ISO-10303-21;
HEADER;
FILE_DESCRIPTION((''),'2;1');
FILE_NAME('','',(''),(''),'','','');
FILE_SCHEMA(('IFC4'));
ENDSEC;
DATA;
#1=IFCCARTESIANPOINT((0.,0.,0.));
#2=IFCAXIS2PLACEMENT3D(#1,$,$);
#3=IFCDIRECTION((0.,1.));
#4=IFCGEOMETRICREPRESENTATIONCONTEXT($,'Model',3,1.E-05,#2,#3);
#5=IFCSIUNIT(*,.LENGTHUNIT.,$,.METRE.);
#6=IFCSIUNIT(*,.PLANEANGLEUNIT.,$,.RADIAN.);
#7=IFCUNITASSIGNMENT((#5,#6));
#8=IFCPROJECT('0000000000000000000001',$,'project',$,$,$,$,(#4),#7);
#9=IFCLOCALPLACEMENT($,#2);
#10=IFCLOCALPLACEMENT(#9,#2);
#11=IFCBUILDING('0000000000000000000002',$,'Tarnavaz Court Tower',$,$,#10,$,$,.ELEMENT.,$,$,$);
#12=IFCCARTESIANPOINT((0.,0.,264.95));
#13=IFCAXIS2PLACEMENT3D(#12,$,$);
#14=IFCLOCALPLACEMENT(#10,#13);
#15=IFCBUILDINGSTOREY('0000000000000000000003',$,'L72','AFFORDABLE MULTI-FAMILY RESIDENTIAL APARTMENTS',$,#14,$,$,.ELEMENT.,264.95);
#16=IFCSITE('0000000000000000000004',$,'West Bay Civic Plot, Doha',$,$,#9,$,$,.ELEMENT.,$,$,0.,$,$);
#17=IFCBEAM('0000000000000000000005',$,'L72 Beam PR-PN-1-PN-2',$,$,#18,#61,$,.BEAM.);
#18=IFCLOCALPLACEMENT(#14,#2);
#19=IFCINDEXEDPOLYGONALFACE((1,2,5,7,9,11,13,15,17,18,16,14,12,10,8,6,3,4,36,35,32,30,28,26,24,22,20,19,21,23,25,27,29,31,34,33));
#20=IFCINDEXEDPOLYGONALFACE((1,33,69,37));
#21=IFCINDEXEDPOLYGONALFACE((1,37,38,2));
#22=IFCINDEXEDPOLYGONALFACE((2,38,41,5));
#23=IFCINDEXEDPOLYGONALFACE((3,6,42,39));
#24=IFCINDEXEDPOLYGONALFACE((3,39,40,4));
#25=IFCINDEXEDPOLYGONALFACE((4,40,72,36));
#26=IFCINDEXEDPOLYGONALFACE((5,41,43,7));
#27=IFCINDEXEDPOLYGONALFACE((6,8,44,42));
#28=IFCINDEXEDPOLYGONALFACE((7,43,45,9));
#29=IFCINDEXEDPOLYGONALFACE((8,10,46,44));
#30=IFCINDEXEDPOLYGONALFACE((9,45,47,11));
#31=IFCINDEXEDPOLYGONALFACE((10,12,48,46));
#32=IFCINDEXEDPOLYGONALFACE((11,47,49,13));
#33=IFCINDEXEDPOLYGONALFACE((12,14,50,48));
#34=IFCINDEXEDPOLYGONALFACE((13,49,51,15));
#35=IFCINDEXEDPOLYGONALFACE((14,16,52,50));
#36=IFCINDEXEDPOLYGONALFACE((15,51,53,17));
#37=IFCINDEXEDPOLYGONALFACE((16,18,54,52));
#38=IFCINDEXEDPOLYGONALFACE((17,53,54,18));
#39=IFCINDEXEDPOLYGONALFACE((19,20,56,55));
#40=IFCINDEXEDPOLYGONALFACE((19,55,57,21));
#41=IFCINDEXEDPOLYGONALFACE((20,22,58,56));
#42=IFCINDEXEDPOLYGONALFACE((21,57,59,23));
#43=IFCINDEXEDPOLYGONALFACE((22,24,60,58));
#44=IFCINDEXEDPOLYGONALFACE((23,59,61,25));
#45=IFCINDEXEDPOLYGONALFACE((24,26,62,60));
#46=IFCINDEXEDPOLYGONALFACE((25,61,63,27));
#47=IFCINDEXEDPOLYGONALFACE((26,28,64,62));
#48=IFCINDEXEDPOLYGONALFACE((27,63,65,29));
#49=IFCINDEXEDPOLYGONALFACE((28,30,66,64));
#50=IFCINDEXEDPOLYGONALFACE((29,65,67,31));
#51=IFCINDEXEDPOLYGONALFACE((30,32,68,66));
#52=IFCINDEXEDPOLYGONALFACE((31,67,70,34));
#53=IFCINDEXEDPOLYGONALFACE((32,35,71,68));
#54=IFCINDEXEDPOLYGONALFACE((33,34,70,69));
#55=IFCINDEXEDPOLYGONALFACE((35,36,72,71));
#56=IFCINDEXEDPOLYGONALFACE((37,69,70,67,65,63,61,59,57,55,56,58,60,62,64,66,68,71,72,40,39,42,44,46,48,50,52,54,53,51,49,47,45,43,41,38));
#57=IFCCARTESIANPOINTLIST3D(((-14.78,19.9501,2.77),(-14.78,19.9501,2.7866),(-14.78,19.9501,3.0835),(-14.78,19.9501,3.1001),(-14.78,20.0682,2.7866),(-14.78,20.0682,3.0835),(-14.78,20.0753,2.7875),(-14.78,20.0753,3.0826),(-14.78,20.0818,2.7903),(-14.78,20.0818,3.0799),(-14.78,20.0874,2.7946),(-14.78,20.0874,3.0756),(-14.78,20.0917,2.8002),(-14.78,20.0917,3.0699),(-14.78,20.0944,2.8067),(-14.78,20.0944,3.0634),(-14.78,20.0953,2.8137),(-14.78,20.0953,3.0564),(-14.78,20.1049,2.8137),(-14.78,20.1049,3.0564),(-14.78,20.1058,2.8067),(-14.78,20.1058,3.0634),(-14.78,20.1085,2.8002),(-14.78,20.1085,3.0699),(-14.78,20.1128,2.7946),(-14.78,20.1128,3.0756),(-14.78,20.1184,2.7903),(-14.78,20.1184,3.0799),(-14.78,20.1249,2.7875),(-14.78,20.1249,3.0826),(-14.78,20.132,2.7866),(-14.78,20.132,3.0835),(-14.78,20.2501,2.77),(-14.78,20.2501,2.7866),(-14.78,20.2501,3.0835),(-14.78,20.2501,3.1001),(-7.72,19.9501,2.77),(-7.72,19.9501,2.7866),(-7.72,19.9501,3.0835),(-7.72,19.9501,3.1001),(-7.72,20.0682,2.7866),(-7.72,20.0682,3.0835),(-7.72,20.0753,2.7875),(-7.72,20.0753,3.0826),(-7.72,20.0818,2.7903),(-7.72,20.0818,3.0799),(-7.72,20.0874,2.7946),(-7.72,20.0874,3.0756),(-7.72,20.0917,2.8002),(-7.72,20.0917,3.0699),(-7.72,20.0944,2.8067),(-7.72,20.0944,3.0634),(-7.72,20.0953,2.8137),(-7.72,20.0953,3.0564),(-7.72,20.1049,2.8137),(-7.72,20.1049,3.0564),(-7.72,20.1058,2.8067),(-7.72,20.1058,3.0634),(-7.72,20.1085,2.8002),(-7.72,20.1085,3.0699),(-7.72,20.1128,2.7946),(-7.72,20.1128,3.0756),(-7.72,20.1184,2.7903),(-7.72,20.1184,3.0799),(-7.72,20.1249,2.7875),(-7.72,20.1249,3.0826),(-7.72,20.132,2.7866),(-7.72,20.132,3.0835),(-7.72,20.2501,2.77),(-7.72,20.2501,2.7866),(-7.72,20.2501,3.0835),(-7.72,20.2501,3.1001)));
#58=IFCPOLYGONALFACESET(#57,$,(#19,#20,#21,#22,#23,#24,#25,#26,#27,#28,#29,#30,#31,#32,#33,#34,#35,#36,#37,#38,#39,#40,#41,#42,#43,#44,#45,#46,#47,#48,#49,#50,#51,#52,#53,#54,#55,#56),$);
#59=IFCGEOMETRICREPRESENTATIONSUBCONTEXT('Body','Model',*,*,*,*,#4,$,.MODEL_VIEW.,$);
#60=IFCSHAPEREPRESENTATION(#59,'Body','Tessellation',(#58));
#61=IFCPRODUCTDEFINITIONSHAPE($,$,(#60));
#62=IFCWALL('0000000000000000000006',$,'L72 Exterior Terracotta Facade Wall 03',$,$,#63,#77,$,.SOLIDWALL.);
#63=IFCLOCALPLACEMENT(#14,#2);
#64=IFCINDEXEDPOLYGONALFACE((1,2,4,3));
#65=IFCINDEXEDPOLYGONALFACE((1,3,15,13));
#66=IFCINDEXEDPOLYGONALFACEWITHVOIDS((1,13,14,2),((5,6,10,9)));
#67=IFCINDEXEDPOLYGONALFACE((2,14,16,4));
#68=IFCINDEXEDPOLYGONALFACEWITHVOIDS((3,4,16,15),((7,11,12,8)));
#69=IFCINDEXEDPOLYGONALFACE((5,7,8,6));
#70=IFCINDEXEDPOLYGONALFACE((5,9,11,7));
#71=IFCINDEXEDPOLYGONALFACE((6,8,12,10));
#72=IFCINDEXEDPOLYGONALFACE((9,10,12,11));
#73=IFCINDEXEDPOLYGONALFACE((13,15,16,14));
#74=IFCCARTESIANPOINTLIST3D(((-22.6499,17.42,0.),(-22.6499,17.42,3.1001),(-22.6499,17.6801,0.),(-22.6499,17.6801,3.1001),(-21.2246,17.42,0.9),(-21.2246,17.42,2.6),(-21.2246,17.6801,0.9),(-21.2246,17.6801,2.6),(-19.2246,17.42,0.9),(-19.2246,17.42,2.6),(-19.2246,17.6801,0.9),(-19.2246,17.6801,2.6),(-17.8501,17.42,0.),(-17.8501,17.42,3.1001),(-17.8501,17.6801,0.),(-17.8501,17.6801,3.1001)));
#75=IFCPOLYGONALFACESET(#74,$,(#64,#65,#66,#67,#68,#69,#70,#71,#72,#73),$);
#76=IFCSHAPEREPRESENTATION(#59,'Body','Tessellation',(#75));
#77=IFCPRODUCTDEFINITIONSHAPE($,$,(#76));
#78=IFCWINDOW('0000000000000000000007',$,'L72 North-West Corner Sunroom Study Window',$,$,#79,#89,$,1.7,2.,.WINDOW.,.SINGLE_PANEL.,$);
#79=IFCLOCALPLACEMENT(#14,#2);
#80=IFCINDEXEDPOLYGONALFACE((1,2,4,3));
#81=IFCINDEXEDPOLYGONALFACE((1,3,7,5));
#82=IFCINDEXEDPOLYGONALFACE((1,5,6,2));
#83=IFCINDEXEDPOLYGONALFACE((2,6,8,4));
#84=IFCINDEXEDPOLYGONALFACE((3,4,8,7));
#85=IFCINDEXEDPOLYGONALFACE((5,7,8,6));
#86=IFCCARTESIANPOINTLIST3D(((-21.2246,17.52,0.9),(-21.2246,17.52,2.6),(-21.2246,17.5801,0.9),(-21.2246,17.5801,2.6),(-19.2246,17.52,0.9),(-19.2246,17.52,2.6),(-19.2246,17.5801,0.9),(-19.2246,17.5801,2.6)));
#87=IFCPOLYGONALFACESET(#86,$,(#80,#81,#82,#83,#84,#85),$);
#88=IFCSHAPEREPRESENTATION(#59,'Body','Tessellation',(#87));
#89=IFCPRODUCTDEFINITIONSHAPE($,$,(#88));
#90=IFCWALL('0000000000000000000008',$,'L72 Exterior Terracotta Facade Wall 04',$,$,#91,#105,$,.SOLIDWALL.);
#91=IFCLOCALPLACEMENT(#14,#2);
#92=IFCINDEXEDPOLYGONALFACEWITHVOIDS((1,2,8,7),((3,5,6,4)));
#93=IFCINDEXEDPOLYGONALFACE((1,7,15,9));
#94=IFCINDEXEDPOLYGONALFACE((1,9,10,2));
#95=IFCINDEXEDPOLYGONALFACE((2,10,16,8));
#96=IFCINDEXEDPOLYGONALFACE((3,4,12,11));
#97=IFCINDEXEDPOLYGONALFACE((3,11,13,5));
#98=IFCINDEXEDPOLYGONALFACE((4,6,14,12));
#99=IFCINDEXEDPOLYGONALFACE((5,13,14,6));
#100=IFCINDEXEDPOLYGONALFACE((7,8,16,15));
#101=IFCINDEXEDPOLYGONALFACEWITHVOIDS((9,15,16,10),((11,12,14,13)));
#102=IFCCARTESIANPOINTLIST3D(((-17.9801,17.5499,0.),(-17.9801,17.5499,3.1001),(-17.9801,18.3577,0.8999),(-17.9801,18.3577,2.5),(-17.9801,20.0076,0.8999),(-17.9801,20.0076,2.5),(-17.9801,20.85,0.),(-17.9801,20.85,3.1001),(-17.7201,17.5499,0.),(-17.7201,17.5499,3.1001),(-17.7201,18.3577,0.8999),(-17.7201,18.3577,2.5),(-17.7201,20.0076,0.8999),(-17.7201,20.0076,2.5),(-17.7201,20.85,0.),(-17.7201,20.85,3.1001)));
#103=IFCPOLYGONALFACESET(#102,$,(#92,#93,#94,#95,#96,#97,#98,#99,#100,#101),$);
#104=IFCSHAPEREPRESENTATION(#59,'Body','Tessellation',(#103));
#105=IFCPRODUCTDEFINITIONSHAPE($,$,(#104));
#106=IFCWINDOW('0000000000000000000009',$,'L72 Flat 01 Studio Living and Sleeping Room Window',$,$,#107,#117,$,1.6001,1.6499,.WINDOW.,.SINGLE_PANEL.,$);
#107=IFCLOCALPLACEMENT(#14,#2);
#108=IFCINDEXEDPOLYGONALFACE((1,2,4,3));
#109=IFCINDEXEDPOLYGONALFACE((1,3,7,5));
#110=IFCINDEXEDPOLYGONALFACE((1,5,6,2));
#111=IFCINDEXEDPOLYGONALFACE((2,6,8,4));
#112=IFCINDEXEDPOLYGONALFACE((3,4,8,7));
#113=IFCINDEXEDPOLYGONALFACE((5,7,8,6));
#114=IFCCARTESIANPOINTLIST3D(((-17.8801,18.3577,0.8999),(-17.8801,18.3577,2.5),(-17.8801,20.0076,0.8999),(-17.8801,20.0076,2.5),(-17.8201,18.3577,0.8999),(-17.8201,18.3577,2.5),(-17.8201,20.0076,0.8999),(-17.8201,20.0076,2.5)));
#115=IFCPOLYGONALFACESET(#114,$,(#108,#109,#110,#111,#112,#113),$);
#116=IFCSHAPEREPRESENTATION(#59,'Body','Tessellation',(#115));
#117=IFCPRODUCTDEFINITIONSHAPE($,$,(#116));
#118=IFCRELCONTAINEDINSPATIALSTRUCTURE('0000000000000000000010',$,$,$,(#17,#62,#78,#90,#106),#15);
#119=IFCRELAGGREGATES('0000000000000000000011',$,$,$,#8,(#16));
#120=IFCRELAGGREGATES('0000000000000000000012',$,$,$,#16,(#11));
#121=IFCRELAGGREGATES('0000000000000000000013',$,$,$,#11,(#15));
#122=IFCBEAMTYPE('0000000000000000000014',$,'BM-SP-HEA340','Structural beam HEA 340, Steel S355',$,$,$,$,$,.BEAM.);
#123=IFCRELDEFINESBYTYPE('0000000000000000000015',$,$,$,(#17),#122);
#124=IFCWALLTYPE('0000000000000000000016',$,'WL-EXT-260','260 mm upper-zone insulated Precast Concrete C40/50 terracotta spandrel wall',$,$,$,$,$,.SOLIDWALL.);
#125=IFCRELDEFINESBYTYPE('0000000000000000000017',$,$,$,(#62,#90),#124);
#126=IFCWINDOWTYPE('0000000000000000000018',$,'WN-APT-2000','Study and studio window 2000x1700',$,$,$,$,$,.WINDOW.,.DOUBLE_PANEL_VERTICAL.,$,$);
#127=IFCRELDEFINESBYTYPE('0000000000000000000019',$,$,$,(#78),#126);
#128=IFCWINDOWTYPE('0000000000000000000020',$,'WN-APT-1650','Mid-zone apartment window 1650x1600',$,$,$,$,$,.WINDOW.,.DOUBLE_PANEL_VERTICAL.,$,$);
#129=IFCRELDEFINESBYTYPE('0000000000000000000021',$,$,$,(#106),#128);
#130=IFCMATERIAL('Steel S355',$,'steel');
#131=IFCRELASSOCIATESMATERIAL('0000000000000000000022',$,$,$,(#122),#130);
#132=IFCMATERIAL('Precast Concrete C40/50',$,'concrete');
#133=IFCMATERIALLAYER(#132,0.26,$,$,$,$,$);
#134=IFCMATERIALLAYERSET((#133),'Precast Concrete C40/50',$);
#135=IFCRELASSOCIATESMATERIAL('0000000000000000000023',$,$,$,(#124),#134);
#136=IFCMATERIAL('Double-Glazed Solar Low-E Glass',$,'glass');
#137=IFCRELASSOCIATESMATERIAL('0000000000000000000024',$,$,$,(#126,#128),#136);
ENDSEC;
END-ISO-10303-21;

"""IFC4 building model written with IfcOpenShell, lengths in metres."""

from ifc_helpers import new_model, si_unit, direction, frame, frame_2d, origin, origin_2d, place, context, subcontext, project, spatial, rectangle, i_section, extrude, material, layer, layer_set, material_profile, profile_set, type_object, element, fill, save


model = new_model("IFC4")

# Units and contexts
model_context = context("Model", 3, precision=1e-05, world=origin(), true_north=direction((0.0, 1.0)))
body_context = subcontext(model_context, "Body", "Model", "MODEL_VIEW")
ifc_project = project(units=[si_unit("LENGTHUNIT", "METRE"), si_unit("PLANEANGLEUNIT", "RADIAN")], contexts=[model_context])

# Site, building, storey
site_placement = place(None, origin())
site = spatial("IfcSite", under=ifc_project, at=site_placement, Name="West Bay Civic Plot, Doha", CompositionType="ELEMENT", RefElevation=0.0)
building_placement = place(site_placement, origin())
building = spatial("IfcBuilding", under=site, at=building_placement, Name="Tarnavaz Court Tower", CompositionType="ELEMENT")
storey_placement = place(building_placement, frame((0.0, 0.0, 264.95)))
storey = spatial("IfcBuildingStorey", under=building, at=storey_placement, Name="L72", Description="AFFORDABLE MULTI-FAMILY RESIDENTIAL APARTMENTS", CompositionType="ELEMENT", Elevation=264.95)

# Beam
ifc_material_1 = material(Name="Steel S355", Category="steel")
ifc_material_profile_1 = material_profile(ifc_material_1, i_section(OverallWidth=0.3, OverallDepth=0.3301, WebThickness=0.0095, FlangeThickness=0.0166, FilletRadius=0.0271, at=origin_2d()), Name="HEA 340")
ifc_profile_set_1 = profile_set([ifc_material_profile_1], Name="Steel S355")
beam_type_1 = type_object("IfcBeamType", Name="BM-SP-HEA340", Description="Structural beam HEA 340, Steel S355", PredefinedType="BEAM", material=ifc_profile_set_1)
beam_placement = place(storey_placement, frame((-14.78, 20.1001, 2.9351), z_axis=(1.0, 0.0, 0.0), x_axis=(0.0, 1.0, 0.0)))
element("IfcBeam", 1, at=beam_placement, inside=storey, type_object=beam_type_1, Name="L72 Beam PR-PN-1-PN-2", PredefinedType="BEAM", context=body_context, shape_type="SweptSolid", body=[
    extrude(i_section(OverallWidth=0.3, OverallDepth=0.3301, WebThickness=0.0095, FlangeThickness=0.0166, FilletRadius=0.0271, at=origin_2d()), origin(), (0.0, 0.0, 1.0), 7.0601),
])

# Walls, openings, windows
ifc_material_2 = material(Name="Precast Concrete C40/50", Category="concrete")
ifc_layer = layer(ifc_material_2, 0.26)
ifc_layer_set = layer_set([ifc_layer], Name="Precast Concrete C40/50")
wall_type = type_object("IfcWallType", Name="WL-EXT-260", Description="260 mm upper-zone insulated Precast Concrete C40/50 terracotta spandrel wall", PredefinedType="SOLIDWALL", material=ifc_layer_set)
wall_1_placement = place(storey_placement, frame((-22.6499, 17.55, 0.0), z_axis=(0.0, 0.0, 1.0), x_axis=(1.0, 0.0, 0.0)))
wall_1 = element("IfcWall", 2, at=wall_1_placement, inside=storey, type_object=wall_type, Name="L72 Exterior Terracotta Facade Wall 03", PredefinedType="SOLIDWALL", context=body_context, shape_type="SweptSolid", body=[
    extrude(rectangle(XDim=4.7998, YDim=0.26, at=frame_2d((2.3999, 0.0))), origin(), (0.0, 0.0, 1.0), 3.1001),
])
opening_1_placement = place(wall_1_placement, frame((1.4253, 0.0, 0.8999)))
opening_1 = element("IfcOpeningElement", 3, at=opening_1_placement, cuts=wall_1, PredefinedType="OPENING", context=body_context, shape_type="SweptSolid", body=[
    extrude(rectangle(XDim=2.0, YDim=1.7, at=frame_2d((1.0, 0.8501))), frame((0.0, 0.1399, 0.0), z_axis=(0.0, -1.0, 0.0), x_axis=(1.0, 0.0, 0.0)), (0.0, 0.0, 1.0), 0.28),
])
ifc_material_3 = material(Name="Double-Glazed Solar Low-E Glass", Category="glass")
window_type_1 = type_object("IfcWindowType", Name="WN-APT-2000", Description="Study and studio window 2000x1700", PartitioningType="DOUBLE_PANEL_VERTICAL", PredefinedType="WINDOW", material=ifc_material_3)
window_1_placement = place(opening_1_placement, origin())
window_1 = element("IfcWindow", 4, at=window_1_placement, inside=storey, type_object=window_type_1, Name="L72 North-West Corner Sunroom Study Window", OverallHeight=1.7, OverallWidth=2.0, PartitioningType="SINGLE_PANEL", PredefinedType="WINDOW", context=body_context, shape_type="SweptSolid", body=[
    extrude(rectangle(XDim=2.0, YDim=1.7, at=frame_2d((1.0, 0.8501))), frame((0.0, 0.03, 0.0), z_axis=(0.0, -1.0, 0.0), x_axis=(1.0, 0.0, 0.0)), (0.0, 0.0, 1.0), 0.0601),
])
fill(opening_1, window_1)
wall_2_placement = place(storey_placement, frame((-17.8501, 17.55, 0.0), z_axis=(0.0, 0.0, 1.0), x_axis=(0.0, 1.0, 0.0)))
wall_2 = element("IfcWall", 5, at=wall_2_placement, inside=storey, type_object=wall_type, Name="L72 Exterior Terracotta Facade Wall 04", PredefinedType="SOLIDWALL", context=body_context, shape_type="SweptSolid", body=[
    extrude(rectangle(XDim=3.3, YDim=0.26, at=frame_2d((1.6499, 0.0))), origin(), (0.0, 0.0, 1.0), 3.1001),
])
opening_2_placement = place(wall_2_placement, frame((0.8076, 0.0, 0.8999)))
opening_2 = element("IfcOpeningElement", 6, at=opening_2_placement, cuts=wall_2, PredefinedType="OPENING", context=body_context, shape_type="SweptSolid", body=[
    extrude(rectangle(XDim=1.6499, YDim=1.6001, at=frame_2d((0.825, 0.8))), frame((0.0, 0.1399, 0.0), z_axis=(0.0, -1.0, 0.0), x_axis=(1.0, 0.0, 0.0)), (0.0, 0.0, 1.0), 0.28),
])
window_type_2 = type_object("IfcWindowType", Name="WN-APT-1650", Description="Mid-zone apartment window 1650x1600", PartitioningType="DOUBLE_PANEL_VERTICAL", PredefinedType="WINDOW", material=ifc_material_3)
window_2_placement = place(opening_2_placement, origin())
window_2 = element("IfcWindow", 7, at=window_2_placement, inside=storey, type_object=window_type_2, Name="L72 Flat 01 Studio Living and Sleeping Room Window", OverallHeight=1.6001, OverallWidth=1.6499, PartitioningType="SINGLE_PANEL", PredefinedType="WINDOW", context=body_context, shape_type="SweptSolid", body=[
    extrude(rectangle(XDim=1.6499, YDim=1.6001, at=frame_2d((0.825, 0.8))), frame((0.0, 0.03, 0.0), z_axis=(0.0, -1.0, 0.0), x_axis=(1.0, 0.0, 0.0)), (0.0, 0.0, 1.0), 0.0601),
])
fill(opening_2, window_2)

save(model, "model.ifc")
